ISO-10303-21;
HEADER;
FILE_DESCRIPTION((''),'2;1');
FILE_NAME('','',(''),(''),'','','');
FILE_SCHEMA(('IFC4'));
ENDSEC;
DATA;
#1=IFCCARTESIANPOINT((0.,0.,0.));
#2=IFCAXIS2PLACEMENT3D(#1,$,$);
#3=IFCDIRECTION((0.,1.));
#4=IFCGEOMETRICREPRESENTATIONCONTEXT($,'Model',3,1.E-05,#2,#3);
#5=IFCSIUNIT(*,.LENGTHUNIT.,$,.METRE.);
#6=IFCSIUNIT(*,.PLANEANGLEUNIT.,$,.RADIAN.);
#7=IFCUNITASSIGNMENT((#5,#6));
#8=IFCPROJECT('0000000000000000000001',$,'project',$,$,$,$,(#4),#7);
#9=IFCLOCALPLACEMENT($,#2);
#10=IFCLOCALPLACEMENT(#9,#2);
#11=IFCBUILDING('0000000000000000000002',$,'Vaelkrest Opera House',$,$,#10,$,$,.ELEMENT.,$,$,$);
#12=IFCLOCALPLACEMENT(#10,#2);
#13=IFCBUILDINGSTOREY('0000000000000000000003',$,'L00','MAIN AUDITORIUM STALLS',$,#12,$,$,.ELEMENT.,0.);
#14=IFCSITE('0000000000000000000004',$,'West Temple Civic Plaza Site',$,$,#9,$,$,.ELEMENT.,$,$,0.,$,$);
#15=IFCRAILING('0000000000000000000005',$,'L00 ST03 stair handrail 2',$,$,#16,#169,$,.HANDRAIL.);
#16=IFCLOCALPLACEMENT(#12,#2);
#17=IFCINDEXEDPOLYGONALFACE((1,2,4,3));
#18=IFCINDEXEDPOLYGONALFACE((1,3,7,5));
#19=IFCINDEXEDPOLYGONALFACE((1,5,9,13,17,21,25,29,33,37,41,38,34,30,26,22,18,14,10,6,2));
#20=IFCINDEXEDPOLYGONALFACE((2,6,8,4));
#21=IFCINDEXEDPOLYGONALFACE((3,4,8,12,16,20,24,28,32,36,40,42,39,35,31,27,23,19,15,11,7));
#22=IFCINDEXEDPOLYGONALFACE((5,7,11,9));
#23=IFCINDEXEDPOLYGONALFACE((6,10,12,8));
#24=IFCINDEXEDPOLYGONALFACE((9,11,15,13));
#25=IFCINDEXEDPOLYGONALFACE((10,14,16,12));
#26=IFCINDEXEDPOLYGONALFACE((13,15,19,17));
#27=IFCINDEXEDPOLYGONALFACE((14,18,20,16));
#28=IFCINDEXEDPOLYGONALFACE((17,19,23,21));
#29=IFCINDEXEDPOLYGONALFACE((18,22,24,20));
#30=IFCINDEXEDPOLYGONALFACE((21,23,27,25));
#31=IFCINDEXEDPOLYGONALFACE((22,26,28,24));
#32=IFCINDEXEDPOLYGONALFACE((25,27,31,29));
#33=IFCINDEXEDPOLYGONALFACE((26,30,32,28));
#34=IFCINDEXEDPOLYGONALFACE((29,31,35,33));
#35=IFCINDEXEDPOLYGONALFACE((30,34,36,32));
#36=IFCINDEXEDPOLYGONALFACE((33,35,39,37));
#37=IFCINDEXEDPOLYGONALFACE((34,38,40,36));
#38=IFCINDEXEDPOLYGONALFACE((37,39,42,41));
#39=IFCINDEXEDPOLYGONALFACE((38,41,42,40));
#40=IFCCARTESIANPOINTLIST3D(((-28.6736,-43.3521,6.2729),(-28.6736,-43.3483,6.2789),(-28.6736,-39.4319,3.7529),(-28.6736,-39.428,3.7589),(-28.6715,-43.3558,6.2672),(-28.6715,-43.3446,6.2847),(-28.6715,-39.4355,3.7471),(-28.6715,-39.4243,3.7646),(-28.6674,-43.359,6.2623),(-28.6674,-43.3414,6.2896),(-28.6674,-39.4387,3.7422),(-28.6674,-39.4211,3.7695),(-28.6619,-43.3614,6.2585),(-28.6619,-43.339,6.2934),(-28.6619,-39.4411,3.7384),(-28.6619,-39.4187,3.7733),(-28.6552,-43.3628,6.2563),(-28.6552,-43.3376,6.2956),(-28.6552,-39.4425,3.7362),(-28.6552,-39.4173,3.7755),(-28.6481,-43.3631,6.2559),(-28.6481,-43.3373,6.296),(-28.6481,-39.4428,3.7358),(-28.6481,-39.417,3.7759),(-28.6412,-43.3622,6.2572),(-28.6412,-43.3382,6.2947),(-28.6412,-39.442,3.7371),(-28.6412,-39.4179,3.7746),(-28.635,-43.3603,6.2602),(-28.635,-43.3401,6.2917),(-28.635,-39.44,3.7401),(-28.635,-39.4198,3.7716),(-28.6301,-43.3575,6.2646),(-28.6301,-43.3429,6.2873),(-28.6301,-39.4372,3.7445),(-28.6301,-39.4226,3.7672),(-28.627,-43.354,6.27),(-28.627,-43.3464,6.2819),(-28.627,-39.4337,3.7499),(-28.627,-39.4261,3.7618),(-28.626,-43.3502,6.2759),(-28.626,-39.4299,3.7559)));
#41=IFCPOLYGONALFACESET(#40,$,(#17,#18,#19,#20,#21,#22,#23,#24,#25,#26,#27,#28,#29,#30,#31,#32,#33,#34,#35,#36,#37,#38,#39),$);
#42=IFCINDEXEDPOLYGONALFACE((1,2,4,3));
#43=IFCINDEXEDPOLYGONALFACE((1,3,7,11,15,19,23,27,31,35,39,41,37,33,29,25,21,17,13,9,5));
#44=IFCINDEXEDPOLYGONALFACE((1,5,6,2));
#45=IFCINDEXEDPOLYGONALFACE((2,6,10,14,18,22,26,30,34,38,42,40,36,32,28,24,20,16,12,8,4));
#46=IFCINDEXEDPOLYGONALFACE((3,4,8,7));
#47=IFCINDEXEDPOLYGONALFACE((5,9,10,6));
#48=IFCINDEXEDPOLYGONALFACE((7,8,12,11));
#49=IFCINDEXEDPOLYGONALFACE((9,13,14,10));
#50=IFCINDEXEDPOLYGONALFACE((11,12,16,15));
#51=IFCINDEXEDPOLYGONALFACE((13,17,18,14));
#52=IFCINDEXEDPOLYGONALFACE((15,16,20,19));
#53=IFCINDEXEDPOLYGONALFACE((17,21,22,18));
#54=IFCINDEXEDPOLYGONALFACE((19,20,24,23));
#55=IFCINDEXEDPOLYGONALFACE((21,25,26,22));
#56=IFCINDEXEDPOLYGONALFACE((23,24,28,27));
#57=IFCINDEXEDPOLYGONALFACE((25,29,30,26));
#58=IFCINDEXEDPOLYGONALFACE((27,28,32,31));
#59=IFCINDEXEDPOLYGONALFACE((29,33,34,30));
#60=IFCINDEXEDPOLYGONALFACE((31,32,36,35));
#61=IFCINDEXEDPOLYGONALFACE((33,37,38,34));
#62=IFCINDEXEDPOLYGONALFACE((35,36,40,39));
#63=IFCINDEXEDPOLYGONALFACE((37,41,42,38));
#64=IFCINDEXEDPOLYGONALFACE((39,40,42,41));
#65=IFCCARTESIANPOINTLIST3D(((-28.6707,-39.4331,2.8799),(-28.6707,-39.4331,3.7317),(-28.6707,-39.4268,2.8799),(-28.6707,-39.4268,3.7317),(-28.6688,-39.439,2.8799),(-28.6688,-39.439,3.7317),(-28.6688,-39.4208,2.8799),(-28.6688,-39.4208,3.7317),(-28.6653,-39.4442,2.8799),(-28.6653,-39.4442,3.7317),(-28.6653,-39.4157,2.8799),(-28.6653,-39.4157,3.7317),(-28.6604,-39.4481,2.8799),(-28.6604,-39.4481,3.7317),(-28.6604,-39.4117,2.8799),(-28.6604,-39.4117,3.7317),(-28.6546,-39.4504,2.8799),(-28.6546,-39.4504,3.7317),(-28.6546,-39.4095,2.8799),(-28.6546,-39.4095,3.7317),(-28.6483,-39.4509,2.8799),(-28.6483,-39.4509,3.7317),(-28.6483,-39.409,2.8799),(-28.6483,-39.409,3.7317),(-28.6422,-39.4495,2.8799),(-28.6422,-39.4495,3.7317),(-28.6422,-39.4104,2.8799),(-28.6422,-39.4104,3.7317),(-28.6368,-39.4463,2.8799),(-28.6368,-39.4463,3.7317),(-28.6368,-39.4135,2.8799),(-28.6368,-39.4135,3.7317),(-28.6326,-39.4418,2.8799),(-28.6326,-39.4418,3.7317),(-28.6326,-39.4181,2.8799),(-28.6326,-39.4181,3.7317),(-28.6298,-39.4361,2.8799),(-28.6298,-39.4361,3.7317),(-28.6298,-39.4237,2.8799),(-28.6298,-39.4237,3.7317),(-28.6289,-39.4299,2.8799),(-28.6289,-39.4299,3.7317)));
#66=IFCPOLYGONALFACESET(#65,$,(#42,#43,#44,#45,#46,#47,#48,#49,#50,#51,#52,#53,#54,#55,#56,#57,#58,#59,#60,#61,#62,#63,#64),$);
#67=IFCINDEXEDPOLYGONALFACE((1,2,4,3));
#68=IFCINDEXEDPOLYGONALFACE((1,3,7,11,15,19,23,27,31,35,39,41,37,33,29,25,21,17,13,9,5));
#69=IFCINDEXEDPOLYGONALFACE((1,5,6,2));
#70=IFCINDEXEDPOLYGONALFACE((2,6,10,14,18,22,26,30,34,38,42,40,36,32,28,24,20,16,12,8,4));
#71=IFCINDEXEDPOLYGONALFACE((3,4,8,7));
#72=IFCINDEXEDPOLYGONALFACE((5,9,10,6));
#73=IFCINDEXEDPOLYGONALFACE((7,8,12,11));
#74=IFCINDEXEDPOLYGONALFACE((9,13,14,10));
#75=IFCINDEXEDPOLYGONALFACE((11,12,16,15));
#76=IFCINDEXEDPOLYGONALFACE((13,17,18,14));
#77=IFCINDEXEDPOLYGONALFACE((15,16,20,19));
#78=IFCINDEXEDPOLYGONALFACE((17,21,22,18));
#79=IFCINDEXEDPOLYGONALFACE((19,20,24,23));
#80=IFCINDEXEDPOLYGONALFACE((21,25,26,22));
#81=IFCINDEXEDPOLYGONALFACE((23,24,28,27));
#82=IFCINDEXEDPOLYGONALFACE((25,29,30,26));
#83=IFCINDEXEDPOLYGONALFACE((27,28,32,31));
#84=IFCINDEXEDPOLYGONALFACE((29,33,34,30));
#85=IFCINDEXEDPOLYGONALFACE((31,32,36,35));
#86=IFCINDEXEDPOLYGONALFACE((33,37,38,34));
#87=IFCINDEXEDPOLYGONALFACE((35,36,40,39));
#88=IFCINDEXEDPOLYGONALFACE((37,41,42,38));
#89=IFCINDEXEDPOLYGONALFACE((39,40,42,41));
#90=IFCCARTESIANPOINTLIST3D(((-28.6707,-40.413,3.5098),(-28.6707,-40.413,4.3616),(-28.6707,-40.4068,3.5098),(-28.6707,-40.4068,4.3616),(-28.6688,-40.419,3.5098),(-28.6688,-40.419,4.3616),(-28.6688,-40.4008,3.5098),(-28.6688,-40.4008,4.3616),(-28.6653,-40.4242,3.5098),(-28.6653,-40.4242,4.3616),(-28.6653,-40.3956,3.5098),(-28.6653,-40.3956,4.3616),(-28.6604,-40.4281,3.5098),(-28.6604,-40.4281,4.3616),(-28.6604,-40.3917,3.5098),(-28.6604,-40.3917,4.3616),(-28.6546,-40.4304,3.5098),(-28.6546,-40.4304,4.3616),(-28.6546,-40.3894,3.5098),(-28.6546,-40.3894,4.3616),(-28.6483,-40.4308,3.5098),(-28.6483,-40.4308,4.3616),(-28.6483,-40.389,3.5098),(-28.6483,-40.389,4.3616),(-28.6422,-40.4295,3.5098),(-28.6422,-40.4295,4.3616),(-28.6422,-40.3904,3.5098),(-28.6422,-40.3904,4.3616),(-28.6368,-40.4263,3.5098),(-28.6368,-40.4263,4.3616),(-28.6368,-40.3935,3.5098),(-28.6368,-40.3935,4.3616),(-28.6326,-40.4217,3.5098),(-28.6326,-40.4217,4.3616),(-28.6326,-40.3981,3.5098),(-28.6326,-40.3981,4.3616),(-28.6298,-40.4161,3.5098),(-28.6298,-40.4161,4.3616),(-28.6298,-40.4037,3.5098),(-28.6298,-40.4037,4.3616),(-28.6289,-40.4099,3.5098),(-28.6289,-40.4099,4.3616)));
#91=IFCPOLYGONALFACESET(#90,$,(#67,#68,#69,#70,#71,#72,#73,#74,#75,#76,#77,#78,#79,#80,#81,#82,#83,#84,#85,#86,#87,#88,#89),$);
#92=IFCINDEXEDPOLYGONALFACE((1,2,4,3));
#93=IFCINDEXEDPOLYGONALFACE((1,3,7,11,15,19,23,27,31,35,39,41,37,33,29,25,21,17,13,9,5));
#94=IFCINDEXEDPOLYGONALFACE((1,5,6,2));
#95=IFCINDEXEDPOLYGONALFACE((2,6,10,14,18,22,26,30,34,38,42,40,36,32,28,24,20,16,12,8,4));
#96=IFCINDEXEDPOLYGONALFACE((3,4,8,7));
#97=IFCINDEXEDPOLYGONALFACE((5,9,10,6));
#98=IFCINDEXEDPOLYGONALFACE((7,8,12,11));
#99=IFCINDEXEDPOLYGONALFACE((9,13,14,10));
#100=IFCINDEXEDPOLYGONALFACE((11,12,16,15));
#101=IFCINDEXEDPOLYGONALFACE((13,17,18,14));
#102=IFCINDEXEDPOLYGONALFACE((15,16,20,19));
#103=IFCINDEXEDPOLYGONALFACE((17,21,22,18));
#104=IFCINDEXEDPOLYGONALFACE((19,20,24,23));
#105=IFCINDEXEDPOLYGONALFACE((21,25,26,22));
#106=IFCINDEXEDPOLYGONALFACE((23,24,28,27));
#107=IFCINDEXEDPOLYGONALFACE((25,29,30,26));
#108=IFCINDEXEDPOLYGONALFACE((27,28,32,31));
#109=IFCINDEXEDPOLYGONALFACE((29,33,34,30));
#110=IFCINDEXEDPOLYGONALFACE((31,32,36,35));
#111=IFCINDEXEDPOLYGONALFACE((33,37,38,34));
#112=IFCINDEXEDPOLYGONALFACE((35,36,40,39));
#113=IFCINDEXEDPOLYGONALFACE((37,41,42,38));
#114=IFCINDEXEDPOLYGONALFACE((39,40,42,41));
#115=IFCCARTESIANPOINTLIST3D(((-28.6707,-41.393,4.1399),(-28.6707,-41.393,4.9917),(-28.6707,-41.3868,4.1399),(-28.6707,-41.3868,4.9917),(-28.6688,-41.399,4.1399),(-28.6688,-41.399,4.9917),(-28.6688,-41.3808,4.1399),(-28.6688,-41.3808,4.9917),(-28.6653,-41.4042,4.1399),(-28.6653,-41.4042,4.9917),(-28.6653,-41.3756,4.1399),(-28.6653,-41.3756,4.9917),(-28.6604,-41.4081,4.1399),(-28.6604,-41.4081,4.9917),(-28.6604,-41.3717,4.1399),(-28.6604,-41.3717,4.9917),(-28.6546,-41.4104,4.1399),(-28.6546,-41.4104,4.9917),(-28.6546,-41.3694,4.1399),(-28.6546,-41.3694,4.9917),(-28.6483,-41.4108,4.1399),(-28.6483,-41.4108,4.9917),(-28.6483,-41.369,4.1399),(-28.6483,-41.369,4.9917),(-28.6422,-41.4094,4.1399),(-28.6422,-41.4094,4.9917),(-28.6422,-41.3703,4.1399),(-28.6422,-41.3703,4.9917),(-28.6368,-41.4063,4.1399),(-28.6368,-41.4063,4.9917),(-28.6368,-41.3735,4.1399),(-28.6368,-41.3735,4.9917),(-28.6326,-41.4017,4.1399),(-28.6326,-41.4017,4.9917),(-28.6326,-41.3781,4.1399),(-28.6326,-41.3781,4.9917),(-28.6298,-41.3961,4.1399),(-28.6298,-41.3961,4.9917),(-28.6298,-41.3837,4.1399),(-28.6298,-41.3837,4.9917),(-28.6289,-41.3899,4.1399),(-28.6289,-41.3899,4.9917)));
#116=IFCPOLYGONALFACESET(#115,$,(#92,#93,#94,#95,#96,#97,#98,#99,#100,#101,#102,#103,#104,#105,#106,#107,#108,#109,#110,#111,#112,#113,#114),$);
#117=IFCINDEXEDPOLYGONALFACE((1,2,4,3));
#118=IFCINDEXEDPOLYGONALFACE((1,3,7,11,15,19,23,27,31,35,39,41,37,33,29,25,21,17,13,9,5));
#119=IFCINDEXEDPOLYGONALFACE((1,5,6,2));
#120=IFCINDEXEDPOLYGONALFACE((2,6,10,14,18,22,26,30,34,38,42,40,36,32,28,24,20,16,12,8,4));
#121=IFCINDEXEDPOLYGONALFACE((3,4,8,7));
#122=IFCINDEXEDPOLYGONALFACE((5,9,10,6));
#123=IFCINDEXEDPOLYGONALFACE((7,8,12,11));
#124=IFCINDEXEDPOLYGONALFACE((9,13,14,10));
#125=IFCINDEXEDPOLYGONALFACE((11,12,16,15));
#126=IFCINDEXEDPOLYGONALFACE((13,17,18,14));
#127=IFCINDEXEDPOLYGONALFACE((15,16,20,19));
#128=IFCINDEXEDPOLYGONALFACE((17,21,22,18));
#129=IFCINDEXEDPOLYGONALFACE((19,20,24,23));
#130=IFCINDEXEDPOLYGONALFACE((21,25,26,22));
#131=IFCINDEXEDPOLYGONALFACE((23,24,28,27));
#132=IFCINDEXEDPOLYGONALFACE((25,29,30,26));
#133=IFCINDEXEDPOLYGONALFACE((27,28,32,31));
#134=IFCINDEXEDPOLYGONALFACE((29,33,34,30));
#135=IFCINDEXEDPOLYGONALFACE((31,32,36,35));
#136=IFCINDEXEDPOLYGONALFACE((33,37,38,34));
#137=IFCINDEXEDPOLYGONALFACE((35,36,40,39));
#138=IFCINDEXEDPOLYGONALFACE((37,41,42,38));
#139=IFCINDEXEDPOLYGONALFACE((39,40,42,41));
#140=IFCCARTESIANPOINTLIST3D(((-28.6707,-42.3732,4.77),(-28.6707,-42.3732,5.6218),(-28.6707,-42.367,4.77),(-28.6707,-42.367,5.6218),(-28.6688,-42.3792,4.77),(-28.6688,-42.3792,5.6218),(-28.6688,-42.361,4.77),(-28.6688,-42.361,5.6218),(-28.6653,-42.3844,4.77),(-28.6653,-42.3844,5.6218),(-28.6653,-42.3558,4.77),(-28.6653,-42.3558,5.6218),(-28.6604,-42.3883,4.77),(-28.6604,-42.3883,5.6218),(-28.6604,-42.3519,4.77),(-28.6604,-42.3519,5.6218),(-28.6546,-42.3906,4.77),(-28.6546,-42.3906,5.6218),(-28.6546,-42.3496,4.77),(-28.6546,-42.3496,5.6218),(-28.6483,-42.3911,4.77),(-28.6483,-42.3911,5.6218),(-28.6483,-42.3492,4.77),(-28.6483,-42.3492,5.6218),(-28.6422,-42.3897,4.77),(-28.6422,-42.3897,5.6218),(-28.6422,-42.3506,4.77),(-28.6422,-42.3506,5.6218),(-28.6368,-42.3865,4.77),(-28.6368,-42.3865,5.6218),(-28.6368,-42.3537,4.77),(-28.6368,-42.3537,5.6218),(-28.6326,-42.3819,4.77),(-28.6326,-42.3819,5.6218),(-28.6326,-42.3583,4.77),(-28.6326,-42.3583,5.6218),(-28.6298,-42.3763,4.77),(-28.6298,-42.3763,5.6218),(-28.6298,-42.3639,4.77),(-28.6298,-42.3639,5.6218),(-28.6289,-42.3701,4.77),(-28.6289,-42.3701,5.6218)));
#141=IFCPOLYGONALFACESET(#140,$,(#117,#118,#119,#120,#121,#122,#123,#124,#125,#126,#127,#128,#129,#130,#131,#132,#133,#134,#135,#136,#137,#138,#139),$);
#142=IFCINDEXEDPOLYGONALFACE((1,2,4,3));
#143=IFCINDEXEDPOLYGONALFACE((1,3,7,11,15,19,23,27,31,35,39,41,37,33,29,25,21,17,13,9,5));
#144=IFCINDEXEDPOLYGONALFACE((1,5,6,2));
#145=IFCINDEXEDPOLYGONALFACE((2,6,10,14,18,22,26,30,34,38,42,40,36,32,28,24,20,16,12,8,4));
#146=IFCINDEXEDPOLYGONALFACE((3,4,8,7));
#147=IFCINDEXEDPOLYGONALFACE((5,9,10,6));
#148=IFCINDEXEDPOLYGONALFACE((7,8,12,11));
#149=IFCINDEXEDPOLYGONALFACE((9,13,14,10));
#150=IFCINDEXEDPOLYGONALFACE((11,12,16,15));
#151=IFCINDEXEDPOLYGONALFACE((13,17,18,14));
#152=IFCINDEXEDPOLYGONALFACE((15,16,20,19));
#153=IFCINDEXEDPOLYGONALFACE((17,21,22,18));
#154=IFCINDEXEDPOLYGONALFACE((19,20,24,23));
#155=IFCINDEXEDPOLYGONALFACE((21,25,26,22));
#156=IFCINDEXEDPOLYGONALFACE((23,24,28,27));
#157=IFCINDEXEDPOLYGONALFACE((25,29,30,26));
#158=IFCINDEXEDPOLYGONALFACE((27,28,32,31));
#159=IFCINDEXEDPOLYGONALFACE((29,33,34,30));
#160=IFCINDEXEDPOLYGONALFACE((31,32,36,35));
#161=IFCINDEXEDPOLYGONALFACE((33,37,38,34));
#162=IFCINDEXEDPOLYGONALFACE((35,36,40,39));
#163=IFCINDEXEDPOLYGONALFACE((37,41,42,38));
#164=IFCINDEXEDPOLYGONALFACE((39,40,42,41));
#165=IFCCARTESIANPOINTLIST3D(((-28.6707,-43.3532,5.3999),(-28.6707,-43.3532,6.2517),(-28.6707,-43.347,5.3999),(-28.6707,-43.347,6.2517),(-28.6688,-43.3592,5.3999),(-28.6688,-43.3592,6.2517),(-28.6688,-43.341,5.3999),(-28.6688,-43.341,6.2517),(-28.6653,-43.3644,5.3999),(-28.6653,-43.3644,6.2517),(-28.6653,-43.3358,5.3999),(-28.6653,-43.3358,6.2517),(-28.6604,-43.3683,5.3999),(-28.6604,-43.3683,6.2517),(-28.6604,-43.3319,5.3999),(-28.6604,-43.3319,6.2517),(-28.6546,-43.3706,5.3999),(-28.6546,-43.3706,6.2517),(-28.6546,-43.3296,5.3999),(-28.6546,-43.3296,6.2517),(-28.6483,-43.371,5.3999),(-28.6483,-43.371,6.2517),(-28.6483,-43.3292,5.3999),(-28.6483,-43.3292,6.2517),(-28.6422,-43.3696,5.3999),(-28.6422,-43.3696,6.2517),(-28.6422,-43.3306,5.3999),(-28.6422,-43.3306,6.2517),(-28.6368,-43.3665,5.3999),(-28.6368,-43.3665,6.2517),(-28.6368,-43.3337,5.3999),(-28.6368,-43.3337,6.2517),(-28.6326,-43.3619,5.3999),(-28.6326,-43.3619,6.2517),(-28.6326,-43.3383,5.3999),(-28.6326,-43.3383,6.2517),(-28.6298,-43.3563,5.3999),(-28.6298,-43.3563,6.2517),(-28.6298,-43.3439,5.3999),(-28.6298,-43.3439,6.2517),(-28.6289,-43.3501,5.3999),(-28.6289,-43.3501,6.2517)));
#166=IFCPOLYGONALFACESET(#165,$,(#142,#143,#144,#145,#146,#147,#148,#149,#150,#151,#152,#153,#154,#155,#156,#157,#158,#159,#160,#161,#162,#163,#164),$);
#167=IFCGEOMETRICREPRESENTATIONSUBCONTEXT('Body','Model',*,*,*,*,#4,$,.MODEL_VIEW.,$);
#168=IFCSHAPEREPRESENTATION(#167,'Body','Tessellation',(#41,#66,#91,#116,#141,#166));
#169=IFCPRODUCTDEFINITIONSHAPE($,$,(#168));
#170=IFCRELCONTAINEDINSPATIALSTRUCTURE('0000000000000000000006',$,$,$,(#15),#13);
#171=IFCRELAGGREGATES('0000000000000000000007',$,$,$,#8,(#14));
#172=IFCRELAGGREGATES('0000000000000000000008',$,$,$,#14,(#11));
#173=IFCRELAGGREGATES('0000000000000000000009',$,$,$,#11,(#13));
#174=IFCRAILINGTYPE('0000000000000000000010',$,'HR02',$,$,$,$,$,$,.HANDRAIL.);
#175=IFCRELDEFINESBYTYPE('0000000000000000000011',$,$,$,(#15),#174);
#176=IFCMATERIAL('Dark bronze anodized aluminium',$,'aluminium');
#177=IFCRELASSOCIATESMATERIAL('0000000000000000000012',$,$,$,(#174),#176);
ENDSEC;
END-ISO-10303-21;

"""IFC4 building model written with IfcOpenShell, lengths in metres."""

from ifc_helpers import new_model, si_unit, direction, frame, origin, origin_2d, place, context, subcontext, project, spatial, circle, extrude, material, type_object, element, save


model = new_model("IFC4")

# Units and contexts
model_context = context("Model", 3, precision=1e-05, world=origin(), true_north=direction((0.0, 1.0)))
body_context = subcontext(model_context, "Body", "Model", "MODEL_VIEW")
ifc_project = project(units=[si_unit("LENGTHUNIT", "METRE"), si_unit("PLANEANGLEUNIT", "RADIAN")], contexts=[model_context])

# Site, building, storey
site_placement = place(None, origin())
site = spatial("IfcSite", under=ifc_project, at=site_placement, Name="West Temple Civic Plaza Site", CompositionType="ELEMENT", RefElevation=0.0)
building_placement = place(site_placement, origin())
building = spatial("IfcBuilding", under=site, at=building_placement, Name="Vaelkrest Opera House", CompositionType="ELEMENT")
storey_placement = place(building_placement, origin())
storey = spatial("IfcBuildingStorey", under=building, at=storey_placement, Name="L00", Description="MAIN AUDITORIUM STALLS", CompositionType="ELEMENT", Elevation=0.0)

# Shared definitions
ifc_material_1 = material(Name="Dark bronze anodized aluminium", Category="aluminium")

# Railing
railing_type_1 = type_object("IfcRailingType", Name="HR02", PredefinedType="HANDRAIL", material=ifc_material_1)
railing_1_placement = place(storey_placement, frame((-28.6499, -39.4299, 2.8799)))
element("IfcRailing", 1, at=railing_1_placement, inside=storey, type_object=railing_type_1, Name="L00 ST03 stair handrail 2", PredefinedType="HANDRAIL", context=body_context, shape_type="SweptSolid", body=[
    extrude(circle(Radius=0.0239, at=origin_2d()), frame((0.0, 0.0, 0.876), z_axis=(0.0, -0.841187, 0.540744), x_axis=(1.0, 0.0, 0.0)), (0.0, 0.0, 1.0), 4.6604),
    extrude(circle(Radius=0.021, at=origin_2d()), origin(), (0.0, 0.0, 1.0), 0.8518),
    extrude(circle(Radius=0.021, at=origin_2d()), frame((0.0, -0.98, 0.6299)), (0.0, 0.0, 1.0), 0.8518),
    extrude(circle(Radius=0.021, at=origin_2d()), frame((0.0, -1.96, 1.26)), (0.0, 0.0, 1.0), 0.8518),
    extrude(circle(Radius=0.021, at=origin_2d()), frame((0.0, -2.9402, 1.8901)), (0.0, 0.0, 1.0), 0.8518),
    extrude(circle(Radius=0.021, at=origin_2d()), frame((0.0, -3.9202, 2.52)), (0.0, 0.0, 1.0), 0.8518),
])

save(model, "model.ifc")
